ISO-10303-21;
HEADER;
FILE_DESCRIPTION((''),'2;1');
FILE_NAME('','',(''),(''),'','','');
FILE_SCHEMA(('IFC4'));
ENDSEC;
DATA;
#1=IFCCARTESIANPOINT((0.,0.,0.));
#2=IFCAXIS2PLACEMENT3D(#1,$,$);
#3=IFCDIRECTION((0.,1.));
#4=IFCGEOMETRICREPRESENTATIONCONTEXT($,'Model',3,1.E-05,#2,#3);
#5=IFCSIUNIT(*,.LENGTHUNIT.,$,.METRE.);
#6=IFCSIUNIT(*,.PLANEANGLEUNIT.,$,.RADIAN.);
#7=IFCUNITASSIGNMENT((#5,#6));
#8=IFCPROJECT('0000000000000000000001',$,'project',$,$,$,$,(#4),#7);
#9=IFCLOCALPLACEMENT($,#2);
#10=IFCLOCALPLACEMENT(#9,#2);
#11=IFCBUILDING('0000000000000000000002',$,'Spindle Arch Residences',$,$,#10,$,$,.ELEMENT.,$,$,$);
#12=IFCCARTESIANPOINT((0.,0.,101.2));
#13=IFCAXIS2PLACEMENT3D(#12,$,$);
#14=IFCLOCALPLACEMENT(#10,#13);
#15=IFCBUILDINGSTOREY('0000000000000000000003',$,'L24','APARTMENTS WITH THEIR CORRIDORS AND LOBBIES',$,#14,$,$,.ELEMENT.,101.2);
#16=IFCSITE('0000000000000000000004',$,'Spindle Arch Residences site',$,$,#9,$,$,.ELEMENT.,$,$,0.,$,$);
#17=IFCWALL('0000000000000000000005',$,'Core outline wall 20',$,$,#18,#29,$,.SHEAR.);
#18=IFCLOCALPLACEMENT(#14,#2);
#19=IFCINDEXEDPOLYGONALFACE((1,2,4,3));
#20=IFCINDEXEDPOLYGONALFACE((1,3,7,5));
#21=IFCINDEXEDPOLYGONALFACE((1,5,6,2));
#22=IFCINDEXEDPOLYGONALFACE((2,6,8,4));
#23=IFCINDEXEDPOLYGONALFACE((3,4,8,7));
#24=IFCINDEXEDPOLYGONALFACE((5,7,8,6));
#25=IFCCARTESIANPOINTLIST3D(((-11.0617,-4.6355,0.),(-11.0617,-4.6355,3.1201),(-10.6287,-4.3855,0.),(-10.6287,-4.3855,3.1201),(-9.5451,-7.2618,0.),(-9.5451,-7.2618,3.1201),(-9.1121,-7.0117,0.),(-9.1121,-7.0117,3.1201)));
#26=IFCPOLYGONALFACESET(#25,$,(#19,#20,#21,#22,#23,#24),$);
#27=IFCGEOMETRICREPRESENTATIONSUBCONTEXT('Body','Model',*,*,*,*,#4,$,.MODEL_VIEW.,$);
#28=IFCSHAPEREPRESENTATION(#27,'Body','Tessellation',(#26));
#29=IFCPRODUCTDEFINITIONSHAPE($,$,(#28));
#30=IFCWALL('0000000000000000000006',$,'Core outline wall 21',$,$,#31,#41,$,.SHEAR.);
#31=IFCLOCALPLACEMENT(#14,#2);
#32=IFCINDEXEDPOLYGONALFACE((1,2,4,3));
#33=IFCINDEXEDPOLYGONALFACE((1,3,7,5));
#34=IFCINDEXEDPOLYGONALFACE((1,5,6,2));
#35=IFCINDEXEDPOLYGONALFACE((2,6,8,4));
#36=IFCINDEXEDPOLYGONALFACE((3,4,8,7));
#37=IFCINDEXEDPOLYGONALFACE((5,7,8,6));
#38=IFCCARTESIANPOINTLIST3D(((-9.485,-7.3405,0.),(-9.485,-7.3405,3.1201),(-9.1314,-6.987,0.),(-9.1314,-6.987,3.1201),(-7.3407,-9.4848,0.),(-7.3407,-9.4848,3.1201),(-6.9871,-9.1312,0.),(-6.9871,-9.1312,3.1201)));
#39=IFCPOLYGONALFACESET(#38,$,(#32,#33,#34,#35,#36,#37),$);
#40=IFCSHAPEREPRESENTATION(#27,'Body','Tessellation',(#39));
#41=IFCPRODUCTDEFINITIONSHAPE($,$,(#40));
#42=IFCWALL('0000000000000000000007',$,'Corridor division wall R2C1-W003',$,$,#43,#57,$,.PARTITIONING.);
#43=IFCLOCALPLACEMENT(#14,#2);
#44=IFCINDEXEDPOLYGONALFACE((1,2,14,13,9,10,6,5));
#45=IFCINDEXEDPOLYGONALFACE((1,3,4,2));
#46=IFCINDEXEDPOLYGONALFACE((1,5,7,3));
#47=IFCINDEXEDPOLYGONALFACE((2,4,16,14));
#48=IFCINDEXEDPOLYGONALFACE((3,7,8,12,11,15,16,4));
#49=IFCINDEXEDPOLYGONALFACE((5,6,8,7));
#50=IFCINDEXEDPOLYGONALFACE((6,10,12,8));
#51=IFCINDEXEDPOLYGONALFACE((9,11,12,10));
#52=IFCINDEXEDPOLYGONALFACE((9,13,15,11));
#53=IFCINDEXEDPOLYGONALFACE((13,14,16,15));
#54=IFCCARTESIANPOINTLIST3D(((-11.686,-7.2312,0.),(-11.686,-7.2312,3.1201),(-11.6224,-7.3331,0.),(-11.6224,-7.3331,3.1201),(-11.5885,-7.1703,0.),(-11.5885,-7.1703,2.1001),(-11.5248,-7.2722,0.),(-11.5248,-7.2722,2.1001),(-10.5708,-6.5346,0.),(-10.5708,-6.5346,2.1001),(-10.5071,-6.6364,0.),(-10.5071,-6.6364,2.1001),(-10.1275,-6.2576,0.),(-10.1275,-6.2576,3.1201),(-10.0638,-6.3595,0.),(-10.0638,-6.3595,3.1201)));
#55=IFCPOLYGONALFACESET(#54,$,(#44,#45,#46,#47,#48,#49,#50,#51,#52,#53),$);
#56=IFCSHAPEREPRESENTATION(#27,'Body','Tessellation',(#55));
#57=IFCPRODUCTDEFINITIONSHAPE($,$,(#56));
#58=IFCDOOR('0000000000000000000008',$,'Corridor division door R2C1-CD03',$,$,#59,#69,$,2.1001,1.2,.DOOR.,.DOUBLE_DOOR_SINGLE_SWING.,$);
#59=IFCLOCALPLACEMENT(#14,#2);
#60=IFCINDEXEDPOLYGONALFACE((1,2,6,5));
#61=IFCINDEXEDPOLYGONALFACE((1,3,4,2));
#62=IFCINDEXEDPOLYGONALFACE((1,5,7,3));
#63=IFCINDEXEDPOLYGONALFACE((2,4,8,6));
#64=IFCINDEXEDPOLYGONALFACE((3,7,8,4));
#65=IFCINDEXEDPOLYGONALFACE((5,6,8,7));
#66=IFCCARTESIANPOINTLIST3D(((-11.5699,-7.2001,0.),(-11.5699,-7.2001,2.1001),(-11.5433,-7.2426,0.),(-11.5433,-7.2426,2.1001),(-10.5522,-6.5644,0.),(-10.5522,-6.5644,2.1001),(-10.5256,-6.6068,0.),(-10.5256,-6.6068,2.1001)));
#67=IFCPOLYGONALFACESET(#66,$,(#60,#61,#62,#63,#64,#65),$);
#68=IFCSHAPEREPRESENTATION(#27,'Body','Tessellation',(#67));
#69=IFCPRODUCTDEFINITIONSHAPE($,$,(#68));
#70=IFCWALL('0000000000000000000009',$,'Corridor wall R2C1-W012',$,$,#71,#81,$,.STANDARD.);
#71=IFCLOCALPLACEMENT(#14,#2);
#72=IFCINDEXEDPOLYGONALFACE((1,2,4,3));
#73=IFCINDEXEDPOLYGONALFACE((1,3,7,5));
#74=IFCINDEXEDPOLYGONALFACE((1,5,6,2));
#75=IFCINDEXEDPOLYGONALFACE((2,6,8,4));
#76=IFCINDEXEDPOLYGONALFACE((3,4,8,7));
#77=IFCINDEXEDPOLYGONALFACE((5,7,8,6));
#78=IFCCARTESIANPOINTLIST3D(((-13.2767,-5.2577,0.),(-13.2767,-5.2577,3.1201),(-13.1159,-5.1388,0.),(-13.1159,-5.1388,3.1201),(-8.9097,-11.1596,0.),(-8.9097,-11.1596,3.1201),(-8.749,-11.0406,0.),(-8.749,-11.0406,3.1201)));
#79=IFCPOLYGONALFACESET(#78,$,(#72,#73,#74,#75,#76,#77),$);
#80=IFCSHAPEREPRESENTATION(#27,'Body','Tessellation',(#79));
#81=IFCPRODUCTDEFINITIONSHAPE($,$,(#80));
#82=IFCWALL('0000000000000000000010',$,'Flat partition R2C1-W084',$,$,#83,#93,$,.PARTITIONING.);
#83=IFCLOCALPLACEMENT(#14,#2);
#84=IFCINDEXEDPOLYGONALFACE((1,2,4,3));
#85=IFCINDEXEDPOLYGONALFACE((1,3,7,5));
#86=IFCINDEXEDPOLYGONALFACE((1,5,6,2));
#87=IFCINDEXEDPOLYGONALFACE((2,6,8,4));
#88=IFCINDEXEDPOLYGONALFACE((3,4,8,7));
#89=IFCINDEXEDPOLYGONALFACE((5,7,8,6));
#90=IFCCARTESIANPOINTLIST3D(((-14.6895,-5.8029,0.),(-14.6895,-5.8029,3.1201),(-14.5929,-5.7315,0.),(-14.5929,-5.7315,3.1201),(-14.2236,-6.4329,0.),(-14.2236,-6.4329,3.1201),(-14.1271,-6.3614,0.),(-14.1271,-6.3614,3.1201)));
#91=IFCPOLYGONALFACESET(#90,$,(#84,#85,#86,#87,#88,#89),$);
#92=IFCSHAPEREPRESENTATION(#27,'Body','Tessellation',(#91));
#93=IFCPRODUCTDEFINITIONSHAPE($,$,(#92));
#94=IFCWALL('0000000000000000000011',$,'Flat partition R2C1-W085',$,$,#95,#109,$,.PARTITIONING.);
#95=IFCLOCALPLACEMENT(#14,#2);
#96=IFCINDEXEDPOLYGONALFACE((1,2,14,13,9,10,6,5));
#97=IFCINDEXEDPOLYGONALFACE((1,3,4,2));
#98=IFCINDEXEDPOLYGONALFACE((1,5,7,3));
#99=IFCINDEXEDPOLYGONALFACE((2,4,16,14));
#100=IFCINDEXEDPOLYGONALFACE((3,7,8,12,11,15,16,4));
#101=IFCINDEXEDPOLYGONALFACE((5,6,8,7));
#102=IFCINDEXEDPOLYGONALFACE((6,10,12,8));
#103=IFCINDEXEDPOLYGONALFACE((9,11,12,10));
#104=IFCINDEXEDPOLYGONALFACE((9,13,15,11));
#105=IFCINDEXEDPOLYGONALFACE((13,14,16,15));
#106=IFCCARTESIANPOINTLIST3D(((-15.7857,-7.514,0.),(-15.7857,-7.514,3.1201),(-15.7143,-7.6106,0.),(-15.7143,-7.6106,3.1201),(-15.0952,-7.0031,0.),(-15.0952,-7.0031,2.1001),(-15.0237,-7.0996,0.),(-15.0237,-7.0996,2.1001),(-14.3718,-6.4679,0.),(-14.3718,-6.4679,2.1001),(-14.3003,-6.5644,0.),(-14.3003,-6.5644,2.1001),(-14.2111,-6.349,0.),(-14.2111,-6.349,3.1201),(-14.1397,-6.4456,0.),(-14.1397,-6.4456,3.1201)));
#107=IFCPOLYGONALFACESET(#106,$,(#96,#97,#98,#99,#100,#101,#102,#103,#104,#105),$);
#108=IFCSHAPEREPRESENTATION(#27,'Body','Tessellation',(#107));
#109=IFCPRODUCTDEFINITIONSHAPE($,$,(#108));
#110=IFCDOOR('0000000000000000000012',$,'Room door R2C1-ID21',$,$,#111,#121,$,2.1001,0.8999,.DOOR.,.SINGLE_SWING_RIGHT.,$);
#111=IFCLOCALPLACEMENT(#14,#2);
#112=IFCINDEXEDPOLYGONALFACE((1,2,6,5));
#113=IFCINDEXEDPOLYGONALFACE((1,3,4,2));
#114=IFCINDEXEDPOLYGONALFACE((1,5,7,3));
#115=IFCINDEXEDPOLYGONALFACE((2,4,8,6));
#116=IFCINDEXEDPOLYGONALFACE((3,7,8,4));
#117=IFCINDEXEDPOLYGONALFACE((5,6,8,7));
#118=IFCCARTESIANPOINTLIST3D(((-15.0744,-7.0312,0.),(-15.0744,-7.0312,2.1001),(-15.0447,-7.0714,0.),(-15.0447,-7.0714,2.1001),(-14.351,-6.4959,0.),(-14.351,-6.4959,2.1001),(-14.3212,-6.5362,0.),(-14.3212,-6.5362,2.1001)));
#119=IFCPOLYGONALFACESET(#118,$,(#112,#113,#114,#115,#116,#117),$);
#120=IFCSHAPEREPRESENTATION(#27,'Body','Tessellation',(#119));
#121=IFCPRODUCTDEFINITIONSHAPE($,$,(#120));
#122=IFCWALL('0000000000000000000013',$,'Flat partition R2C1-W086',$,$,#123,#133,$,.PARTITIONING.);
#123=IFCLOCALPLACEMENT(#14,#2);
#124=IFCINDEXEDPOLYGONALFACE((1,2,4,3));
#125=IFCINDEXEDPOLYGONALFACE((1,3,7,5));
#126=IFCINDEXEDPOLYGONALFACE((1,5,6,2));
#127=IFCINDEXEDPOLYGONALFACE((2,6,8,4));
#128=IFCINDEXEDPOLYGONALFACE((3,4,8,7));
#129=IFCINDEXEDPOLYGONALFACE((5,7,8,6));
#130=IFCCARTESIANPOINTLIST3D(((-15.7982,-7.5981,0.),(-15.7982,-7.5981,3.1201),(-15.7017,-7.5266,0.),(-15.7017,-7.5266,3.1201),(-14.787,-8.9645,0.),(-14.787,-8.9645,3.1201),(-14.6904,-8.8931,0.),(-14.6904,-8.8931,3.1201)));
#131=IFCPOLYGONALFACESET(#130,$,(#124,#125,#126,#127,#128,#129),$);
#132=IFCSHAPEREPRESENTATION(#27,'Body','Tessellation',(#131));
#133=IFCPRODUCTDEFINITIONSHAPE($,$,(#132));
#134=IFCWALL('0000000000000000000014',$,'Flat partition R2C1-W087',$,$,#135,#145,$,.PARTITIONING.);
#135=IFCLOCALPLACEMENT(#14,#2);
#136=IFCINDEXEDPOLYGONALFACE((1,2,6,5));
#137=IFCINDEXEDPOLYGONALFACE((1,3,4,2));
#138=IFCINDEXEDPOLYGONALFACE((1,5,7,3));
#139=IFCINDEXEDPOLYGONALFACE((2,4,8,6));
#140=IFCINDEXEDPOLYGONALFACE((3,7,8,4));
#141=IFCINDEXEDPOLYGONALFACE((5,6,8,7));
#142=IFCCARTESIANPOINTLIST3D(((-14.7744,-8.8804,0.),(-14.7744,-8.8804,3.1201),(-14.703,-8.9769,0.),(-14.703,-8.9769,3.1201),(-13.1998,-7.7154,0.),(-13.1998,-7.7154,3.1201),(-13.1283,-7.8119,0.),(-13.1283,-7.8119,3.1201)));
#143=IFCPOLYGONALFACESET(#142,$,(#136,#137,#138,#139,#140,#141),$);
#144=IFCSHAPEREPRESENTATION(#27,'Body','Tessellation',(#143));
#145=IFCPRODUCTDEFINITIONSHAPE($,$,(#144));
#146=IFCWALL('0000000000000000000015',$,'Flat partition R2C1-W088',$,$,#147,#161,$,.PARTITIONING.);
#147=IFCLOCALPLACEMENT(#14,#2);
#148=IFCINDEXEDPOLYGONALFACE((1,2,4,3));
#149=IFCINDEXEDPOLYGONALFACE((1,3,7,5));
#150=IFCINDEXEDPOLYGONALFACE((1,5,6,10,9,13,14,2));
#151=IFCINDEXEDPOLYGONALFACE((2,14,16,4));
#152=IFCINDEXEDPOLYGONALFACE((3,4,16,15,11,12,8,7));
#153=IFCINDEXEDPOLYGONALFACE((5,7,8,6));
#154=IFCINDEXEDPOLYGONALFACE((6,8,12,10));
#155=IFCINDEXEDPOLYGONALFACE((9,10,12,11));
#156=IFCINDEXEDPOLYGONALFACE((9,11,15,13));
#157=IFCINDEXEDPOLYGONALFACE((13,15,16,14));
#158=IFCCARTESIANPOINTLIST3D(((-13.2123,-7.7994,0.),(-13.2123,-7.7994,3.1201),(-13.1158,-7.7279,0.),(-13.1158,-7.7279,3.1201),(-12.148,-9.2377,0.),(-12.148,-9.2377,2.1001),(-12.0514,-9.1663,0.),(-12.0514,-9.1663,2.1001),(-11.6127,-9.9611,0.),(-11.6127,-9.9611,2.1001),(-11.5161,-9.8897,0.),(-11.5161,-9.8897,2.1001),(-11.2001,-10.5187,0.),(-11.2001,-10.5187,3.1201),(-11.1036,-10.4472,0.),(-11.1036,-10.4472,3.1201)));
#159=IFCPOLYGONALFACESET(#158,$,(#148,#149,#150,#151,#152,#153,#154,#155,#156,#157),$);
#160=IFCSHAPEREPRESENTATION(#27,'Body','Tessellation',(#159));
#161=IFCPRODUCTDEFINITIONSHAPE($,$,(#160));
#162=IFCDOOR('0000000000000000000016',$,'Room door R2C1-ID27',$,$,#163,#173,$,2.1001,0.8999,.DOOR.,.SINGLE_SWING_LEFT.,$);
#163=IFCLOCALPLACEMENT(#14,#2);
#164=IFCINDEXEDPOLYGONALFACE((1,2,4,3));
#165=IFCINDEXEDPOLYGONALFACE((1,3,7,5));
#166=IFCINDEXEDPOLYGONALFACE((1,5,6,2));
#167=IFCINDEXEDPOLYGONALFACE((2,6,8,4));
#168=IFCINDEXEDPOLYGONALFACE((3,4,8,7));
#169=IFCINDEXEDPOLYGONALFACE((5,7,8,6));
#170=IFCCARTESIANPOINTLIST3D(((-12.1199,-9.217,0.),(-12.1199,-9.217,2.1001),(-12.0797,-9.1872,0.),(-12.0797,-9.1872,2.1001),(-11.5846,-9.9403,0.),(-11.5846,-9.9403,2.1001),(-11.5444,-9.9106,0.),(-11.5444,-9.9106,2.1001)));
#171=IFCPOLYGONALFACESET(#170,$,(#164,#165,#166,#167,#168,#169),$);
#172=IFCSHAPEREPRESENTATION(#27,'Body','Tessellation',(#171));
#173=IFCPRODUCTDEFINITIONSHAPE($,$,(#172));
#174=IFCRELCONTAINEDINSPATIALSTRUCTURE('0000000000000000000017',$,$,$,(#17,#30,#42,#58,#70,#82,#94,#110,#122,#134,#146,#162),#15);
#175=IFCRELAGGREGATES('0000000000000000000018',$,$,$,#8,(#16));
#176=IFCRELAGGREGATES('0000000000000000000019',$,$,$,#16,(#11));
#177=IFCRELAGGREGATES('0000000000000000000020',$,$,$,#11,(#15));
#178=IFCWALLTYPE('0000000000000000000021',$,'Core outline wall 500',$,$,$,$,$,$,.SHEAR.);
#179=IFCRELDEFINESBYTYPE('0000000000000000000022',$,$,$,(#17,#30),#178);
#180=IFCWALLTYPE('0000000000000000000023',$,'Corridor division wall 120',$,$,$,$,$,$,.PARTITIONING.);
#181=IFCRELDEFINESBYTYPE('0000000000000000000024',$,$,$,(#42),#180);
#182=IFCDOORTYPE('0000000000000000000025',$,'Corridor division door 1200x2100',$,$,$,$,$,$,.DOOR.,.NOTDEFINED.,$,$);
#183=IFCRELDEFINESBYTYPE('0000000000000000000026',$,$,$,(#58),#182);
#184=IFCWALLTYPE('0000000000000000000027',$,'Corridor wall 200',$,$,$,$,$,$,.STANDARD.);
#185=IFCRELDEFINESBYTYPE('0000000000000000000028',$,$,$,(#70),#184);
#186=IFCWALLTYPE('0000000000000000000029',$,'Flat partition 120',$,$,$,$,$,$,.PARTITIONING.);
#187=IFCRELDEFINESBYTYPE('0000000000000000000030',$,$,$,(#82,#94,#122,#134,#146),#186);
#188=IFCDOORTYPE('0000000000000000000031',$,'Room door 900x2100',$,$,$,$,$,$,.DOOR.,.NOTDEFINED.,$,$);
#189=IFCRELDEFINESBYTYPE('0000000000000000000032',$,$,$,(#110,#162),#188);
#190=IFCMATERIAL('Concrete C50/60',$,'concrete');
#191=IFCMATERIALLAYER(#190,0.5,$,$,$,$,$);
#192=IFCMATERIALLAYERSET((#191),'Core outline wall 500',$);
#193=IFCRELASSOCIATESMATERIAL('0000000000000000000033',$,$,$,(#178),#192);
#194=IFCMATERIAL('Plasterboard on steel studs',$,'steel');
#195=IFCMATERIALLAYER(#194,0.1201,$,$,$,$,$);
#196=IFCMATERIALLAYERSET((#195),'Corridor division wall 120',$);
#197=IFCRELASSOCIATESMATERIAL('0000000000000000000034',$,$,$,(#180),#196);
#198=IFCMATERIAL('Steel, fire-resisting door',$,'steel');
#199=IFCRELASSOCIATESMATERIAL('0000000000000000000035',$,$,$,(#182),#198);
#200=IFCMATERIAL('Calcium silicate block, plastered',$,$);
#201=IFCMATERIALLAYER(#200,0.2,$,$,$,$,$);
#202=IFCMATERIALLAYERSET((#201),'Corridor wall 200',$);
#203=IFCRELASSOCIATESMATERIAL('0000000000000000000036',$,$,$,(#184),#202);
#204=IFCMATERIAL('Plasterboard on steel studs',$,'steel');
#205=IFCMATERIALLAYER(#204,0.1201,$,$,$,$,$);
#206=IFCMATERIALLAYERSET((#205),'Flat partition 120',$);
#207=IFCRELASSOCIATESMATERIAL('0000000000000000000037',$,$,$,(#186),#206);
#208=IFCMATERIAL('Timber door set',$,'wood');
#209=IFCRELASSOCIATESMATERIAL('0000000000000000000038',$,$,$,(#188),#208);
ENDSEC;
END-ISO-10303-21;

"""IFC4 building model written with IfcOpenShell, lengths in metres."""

from ifc_helpers import new_model, si_unit, direction, frame, frame_2d, origin, place, context, subcontext, project, spatial, rectangle, extrude, material, layer, layer_set, type_object, element, fill, save


model = new_model("IFC4")

# Units and contexts
model_context = context("Model", 3, precision=1e-05, world=origin(), true_north=direction((0.0, 1.0)))
body_context = subcontext(model_context, "Body", "Model", "MODEL_VIEW")
ifc_project = project(units=[si_unit("LENGTHUNIT", "METRE"), si_unit("PLANEANGLEUNIT", "RADIAN")], contexts=[model_context])

# Site, building, storey
site_placement = place(None, origin())
site = spatial("IfcSite", under=ifc_project, at=site_placement, Name="Spindle Arch Residences site", CompositionType="ELEMENT", RefElevation=0.0)
building_placement = place(site_placement, origin())
building = spatial("IfcBuilding", under=site, at=building_placement, Name="Spindle Arch Residences", CompositionType="ELEMENT")
storey_placement = place(building_placement, frame((0.0, 0.0, 101.2)))
storey = spatial("IfcBuildingStorey", under=building, at=storey_placement, Name="L24", Description="APARTMENTS WITH THEIR CORRIDORS AND LOBBIES", CompositionType="ELEMENT", Elevation=101.2)

# Walls
ifc_material_1 = material(Name="Concrete C50/60", Category="concrete")
ifc_layer_1 = layer(ifc_material_1, 0.5)
ifc_layer_set_1 = layer_set([ifc_layer_1], Name="Core outline wall 500")
wall_type_1 = type_object("IfcWallType", Name="Core outline wall 500", PredefinedType="SHEAR", material=ifc_layer_set_1)
wall_1_placement = place(storey_placement, frame((-10.8452, -4.5105, 0.0), z_axis=(0.0, 0.0, 1.0), x_axis=(0.500087, -0.865975, 0.0)))
element("IfcWall", 1, at=wall_1_placement, inside=storey, type_object=wall_type_1, Name="Core outline wall 20", PredefinedType="SHEAR", context=body_context, shape_type="SweptSolid", body=[
    extrude(rectangle(XDim=3.0327, YDim=0.5, at=frame_2d((1.5164, 0.0))), origin(), (0.0, 0.0, 1.0), 3.1201),
])
wall_2_placement = place(storey_placement, frame((-9.3081, -7.1638, 0.0), z_axis=(0.0, 0.0, 1.0), x_axis=(0.707107, -0.707107, 0.0)))
element("IfcWall", 2, at=wall_2_placement, inside=storey, type_object=wall_type_1, Name="Core outline wall 21", PredefinedType="SHEAR", context=body_context, shape_type="SweptSolid", body=[
    extrude(rectangle(XDim=3.0325, YDim=0.5, at=frame_2d((1.5161, 0.0))), origin(), (0.0, 0.0, 1.0), 3.1201),
])

# Wall, opening, door
ifc_material_2 = material(Name="Plasterboard on steel studs", Category="steel")
ifc_layer_2 = layer(ifc_material_2, 0.1201)
ifc_layer_set_2 = layer_set([ifc_layer_2], Name="Corridor division wall 120")
wall_type_2 = type_object("IfcWallType", Name="Corridor division wall 120", PredefinedType="PARTITIONING", material=ifc_layer_set_2)
wall_3_placement = place(storey_placement, frame((-11.6543, -7.2822, 0.0), z_axis=(0.0, 0.0, 1.0), x_axis=(0.848118, 0.529808, 0.0)))
wall_3 = element("IfcWall", 3, at=wall_3_placement, inside=storey, type_object=wall_type_2, Name="Corridor division wall R2C1-W003", PredefinedType="PARTITIONING", context=body_context, shape_type="SweptSolid", body=[
    extrude(rectangle(XDim=1.8376, YDim=0.1201, at=frame_2d((0.9189, 0.0))), origin(), (0.0, 0.0, 1.0), 3.1201),
])
opening_1_placement = place(wall_3_placement, frame((0.115, 0.0, 0.0)))
opening_1 = element("IfcOpeningElement", 4, at=opening_1_placement, cuts=wall_3, PredefinedType="OPENING", context=body_context, shape_type="SweptSolid", body=[
    extrude(rectangle(XDim=1.2, YDim=2.1001, at=frame_2d((0.6001, 1.05))), frame((0.0, 0.0701, 0.0), z_axis=(0.0, -1.0, 0.0), x_axis=(1.0, 0.0, 0.0)), (0.0, 0.0, 1.0), 0.1401),
])
ifc_material_3 = material(Name="Steel, fire-resisting door", Category="steel")
door_type_1 = type_object("IfcDoorType", Name="Corridor division door 1200x2100", OperationType="NOTDEFINED", PredefinedType="DOOR", material=ifc_material_3)
door_1_placement = place(opening_1_placement, origin())
door_1 = element("IfcDoor", 5, at=door_1_placement, inside=storey, type_object=door_type_1, Name="Corridor division door R2C1-CD03", OperationType="DOUBLE_DOOR_SINGLE_SWING", OverallHeight=2.1001, OverallWidth=1.2, PredefinedType="DOOR", context=body_context, shape_type="SweptSolid", body=[
    extrude(rectangle(XDim=1.2, YDim=2.1001, at=frame_2d((0.6001, 1.05))), frame((0.0, 0.0249, 0.0), z_axis=(0.0, -1.0, 0.0), x_axis=(1.0, 0.0, 0.0)), (0.0, 0.0, 1.0), 0.05),
])
fill(opening_1, door_1)

# Walls
ifc_material_4 = material(Name="Calcium silicate block, plastered")
ifc_layer_3 = layer(ifc_material_4, 0.2)
ifc_layer_set_3 = layer_set([ifc_layer_3], Name="Corridor wall 200")
wall_type_3 = type_object("IfcWallType", Name="Corridor wall 200", PredefinedType="STANDARD", material=ifc_layer_set_3)
wall_4_placement = place(storey_placement, frame((-13.1963, -5.1982, 0.0), z_axis=(0.0, 0.0, 1.0), x_axis=(0.594805, -0.80387, 0.0)))
element("IfcWall", 6, at=wall_4_placement, inside=storey, type_object=wall_type_3, Name="Corridor wall R2C1-W012", PredefinedType="STANDARD", context=body_context, shape_type="SweptSolid", body=[
    extrude(rectangle(XDim=7.3418, YDim=0.2, at=frame_2d((3.6709, 0.0))), origin(), (0.0, 0.0, 1.0), 3.1201),
])
ifc_material_5 = material(Name="Plasterboard on steel studs", Category="steel")
ifc_layer_4 = layer(ifc_material_5, 0.1201)
ifc_layer_set_4 = layer_set([ifc_layer_4], Name="Flat partition 120")
wall_type_4 = type_object("IfcWallType", Name="Flat partition 120", PredefinedType="PARTITIONING", material=ifc_layer_set_4)
wall_5_placement = place(storey_placement, frame((-14.6411, -5.7673, 0.0), z_axis=(0.0, 0.0, 1.0), x_axis=(0.594601, -0.804021, 0.0)))
element("IfcWall", 7, at=wall_5_placement, inside=storey, type_object=wall_type_4, Name="Flat partition R2C1-W084", PredefinedType="PARTITIONING", context=body_context, shape_type="SweptSolid", body=[
    extrude(rectangle(XDim=0.7834, YDim=0.1201, at=frame_2d((0.3916, 0.0))), origin(), (0.0, 0.0, 1.0), 3.1201),
])

# Wall, opening, door
wall_6_placement = place(storey_placement, frame((-14.1753, -6.3972, 0.0), z_axis=(0.0, 0.0, 1.0), x_axis=(-0.803901, -0.594762, 0.0)))
wall_6 = element("IfcWall", 8, at=wall_6_placement, inside=storey, type_object=wall_type_4, Name="Flat partition R2C1-W085", PredefinedType="PARTITIONING", context=body_context, shape_type="SweptSolid", body=[
    extrude(rectangle(XDim=1.9587, YDim=0.1201, at=frame_2d((0.9795, 0.0))), origin(), (0.0, 0.0, 1.0), 3.1201),
])
opening_2_placement = place(wall_6_placement, frame((0.2, 0.0, 0.0)))
opening_2 = element("IfcOpeningElement", 9, at=opening_2_placement, cuts=wall_6, PredefinedType="OPENING", context=body_context, shape_type="SweptSolid", body=[
    extrude(rectangle(XDim=0.8999, YDim=2.1001, at=frame_2d((0.45, 1.05))), frame((0.0, 0.0701, 0.0), z_axis=(0.0, -1.0, 0.0), x_axis=(1.0, 0.0, 0.0)), (0.0, 0.0, 1.0), 0.1401),
])
ifc_material_6 = material(Name="Timber door set", Category="wood")
door_type_2 = type_object("IfcDoorType", Name="Room door 900x2100", OperationType="NOTDEFINED", PredefinedType="DOOR", material=ifc_material_6)
door_2_placement = place(opening_2_placement, origin())
door_2 = element("IfcDoor", 10, at=door_2_placement, inside=storey, type_object=door_type_2, Name="Room door R2C1-ID21", OperationType="SINGLE_SWING_RIGHT", OverallHeight=2.1001, OverallWidth=0.8999, PredefinedType="DOOR", context=body_context, shape_type="SweptSolid", body=[
    extrude(rectangle(XDim=0.8999, YDim=2.1001, at=frame_2d((0.45, 1.05))), frame((0.0, 0.0249, 0.0), z_axis=(0.0, -1.0, 0.0), x_axis=(1.0, 0.0, 0.0)), (0.0, 0.0, 1.0), 0.05),
])
fill(opening_2, door_2)

# Walls
wall_7_placement = place(storey_placement, frame((-15.75, -7.5623, 0.0), z_axis=(0.0, 0.0, 1.0), x_axis=(0.594863, -0.803827, 0.0)))
element("IfcWall", 11, at=wall_7_placement, inside=storey, type_object=wall_type_4, Name="Flat partition R2C1-W086", PredefinedType="PARTITIONING", context=body_context, shape_type="SweptSolid", body=[
    extrude(rectangle(XDim=1.7, YDim=0.1201, at=frame_2d((0.8501, 0.0))), origin(), (0.0, 0.0, 1.0), 3.1201),
])
wall_8_placement = place(storey_placement, frame((-14.7388, -8.9287, 0.0), z_axis=(0.0, 0.0, 1.0), x_axis=(0.803901, 0.594762, 0.0)))
element("IfcWall", 12, at=wall_8_placement, inside=storey, type_object=wall_type_4, Name="Flat partition R2C1-W087", PredefinedType="PARTITIONING", context=body_context, shape_type="SweptSolid", body=[
    extrude(rectangle(XDim=1.9587, YDim=0.1201, at=frame_2d((0.9795, 0.0))), origin(), (0.0, 0.0, 1.0), 3.1201),
])

# Wall, opening, door
wall_9_placement = place(storey_placement, frame((-13.1641, -7.7637, 0.0), z_axis=(0.0, 0.0, 1.0), x_axis=(0.594837, -0.803846, 0.0)))
wall_9 = element("IfcWall", 13, at=wall_9_placement, inside=storey, type_object=wall_type_4, Name="Flat partition R2C1-W088", PredefinedType="PARTITIONING", context=body_context, shape_type="SweptSolid", body=[
    extrude(rectangle(XDim=3.3828, YDim=0.1201, at=frame_2d((1.6914, 0.0))), origin(), (0.0, 0.0, 1.0), 3.1201),
])
opening_3_placement = place(wall_9_placement, frame((1.7893, 0.0, 0.0)))
opening_3 = element("IfcOpeningElement", 14, at=opening_3_placement, cuts=wall_9, PredefinedType="OPENING", context=body_context, shape_type="SweptSolid", body=[
    extrude(rectangle(XDim=0.8999, YDim=2.1001, at=frame_2d((0.45, 1.05))), frame((0.0, 0.0701, 0.0), z_axis=(0.0, -1.0, 0.0), x_axis=(1.0, 0.0, 0.0)), (0.0, 0.0, 1.0), 0.1401),
])
door_3_placement = place(opening_3_placement, origin())
door_3 = element("IfcDoor", 15, at=door_3_placement, inside=storey, type_object=door_type_2, Name="Room door R2C1-ID27", OperationType="SINGLE_SWING_LEFT", OverallHeight=2.1001, OverallWidth=0.8999, PredefinedType="DOOR", context=body_context, shape_type="SweptSolid", body=[
    extrude(rectangle(XDim=0.8999, YDim=2.1001, at=frame_2d((0.45, 1.05))), frame((0.0, 0.0249, 0.0), z_axis=(0.0, -1.0, 0.0), x_axis=(1.0, 0.0, 0.0)), (0.0, 0.0, 1.0), 0.05),
])
fill(opening_3, door_3)

save(model, "model.ifc")
